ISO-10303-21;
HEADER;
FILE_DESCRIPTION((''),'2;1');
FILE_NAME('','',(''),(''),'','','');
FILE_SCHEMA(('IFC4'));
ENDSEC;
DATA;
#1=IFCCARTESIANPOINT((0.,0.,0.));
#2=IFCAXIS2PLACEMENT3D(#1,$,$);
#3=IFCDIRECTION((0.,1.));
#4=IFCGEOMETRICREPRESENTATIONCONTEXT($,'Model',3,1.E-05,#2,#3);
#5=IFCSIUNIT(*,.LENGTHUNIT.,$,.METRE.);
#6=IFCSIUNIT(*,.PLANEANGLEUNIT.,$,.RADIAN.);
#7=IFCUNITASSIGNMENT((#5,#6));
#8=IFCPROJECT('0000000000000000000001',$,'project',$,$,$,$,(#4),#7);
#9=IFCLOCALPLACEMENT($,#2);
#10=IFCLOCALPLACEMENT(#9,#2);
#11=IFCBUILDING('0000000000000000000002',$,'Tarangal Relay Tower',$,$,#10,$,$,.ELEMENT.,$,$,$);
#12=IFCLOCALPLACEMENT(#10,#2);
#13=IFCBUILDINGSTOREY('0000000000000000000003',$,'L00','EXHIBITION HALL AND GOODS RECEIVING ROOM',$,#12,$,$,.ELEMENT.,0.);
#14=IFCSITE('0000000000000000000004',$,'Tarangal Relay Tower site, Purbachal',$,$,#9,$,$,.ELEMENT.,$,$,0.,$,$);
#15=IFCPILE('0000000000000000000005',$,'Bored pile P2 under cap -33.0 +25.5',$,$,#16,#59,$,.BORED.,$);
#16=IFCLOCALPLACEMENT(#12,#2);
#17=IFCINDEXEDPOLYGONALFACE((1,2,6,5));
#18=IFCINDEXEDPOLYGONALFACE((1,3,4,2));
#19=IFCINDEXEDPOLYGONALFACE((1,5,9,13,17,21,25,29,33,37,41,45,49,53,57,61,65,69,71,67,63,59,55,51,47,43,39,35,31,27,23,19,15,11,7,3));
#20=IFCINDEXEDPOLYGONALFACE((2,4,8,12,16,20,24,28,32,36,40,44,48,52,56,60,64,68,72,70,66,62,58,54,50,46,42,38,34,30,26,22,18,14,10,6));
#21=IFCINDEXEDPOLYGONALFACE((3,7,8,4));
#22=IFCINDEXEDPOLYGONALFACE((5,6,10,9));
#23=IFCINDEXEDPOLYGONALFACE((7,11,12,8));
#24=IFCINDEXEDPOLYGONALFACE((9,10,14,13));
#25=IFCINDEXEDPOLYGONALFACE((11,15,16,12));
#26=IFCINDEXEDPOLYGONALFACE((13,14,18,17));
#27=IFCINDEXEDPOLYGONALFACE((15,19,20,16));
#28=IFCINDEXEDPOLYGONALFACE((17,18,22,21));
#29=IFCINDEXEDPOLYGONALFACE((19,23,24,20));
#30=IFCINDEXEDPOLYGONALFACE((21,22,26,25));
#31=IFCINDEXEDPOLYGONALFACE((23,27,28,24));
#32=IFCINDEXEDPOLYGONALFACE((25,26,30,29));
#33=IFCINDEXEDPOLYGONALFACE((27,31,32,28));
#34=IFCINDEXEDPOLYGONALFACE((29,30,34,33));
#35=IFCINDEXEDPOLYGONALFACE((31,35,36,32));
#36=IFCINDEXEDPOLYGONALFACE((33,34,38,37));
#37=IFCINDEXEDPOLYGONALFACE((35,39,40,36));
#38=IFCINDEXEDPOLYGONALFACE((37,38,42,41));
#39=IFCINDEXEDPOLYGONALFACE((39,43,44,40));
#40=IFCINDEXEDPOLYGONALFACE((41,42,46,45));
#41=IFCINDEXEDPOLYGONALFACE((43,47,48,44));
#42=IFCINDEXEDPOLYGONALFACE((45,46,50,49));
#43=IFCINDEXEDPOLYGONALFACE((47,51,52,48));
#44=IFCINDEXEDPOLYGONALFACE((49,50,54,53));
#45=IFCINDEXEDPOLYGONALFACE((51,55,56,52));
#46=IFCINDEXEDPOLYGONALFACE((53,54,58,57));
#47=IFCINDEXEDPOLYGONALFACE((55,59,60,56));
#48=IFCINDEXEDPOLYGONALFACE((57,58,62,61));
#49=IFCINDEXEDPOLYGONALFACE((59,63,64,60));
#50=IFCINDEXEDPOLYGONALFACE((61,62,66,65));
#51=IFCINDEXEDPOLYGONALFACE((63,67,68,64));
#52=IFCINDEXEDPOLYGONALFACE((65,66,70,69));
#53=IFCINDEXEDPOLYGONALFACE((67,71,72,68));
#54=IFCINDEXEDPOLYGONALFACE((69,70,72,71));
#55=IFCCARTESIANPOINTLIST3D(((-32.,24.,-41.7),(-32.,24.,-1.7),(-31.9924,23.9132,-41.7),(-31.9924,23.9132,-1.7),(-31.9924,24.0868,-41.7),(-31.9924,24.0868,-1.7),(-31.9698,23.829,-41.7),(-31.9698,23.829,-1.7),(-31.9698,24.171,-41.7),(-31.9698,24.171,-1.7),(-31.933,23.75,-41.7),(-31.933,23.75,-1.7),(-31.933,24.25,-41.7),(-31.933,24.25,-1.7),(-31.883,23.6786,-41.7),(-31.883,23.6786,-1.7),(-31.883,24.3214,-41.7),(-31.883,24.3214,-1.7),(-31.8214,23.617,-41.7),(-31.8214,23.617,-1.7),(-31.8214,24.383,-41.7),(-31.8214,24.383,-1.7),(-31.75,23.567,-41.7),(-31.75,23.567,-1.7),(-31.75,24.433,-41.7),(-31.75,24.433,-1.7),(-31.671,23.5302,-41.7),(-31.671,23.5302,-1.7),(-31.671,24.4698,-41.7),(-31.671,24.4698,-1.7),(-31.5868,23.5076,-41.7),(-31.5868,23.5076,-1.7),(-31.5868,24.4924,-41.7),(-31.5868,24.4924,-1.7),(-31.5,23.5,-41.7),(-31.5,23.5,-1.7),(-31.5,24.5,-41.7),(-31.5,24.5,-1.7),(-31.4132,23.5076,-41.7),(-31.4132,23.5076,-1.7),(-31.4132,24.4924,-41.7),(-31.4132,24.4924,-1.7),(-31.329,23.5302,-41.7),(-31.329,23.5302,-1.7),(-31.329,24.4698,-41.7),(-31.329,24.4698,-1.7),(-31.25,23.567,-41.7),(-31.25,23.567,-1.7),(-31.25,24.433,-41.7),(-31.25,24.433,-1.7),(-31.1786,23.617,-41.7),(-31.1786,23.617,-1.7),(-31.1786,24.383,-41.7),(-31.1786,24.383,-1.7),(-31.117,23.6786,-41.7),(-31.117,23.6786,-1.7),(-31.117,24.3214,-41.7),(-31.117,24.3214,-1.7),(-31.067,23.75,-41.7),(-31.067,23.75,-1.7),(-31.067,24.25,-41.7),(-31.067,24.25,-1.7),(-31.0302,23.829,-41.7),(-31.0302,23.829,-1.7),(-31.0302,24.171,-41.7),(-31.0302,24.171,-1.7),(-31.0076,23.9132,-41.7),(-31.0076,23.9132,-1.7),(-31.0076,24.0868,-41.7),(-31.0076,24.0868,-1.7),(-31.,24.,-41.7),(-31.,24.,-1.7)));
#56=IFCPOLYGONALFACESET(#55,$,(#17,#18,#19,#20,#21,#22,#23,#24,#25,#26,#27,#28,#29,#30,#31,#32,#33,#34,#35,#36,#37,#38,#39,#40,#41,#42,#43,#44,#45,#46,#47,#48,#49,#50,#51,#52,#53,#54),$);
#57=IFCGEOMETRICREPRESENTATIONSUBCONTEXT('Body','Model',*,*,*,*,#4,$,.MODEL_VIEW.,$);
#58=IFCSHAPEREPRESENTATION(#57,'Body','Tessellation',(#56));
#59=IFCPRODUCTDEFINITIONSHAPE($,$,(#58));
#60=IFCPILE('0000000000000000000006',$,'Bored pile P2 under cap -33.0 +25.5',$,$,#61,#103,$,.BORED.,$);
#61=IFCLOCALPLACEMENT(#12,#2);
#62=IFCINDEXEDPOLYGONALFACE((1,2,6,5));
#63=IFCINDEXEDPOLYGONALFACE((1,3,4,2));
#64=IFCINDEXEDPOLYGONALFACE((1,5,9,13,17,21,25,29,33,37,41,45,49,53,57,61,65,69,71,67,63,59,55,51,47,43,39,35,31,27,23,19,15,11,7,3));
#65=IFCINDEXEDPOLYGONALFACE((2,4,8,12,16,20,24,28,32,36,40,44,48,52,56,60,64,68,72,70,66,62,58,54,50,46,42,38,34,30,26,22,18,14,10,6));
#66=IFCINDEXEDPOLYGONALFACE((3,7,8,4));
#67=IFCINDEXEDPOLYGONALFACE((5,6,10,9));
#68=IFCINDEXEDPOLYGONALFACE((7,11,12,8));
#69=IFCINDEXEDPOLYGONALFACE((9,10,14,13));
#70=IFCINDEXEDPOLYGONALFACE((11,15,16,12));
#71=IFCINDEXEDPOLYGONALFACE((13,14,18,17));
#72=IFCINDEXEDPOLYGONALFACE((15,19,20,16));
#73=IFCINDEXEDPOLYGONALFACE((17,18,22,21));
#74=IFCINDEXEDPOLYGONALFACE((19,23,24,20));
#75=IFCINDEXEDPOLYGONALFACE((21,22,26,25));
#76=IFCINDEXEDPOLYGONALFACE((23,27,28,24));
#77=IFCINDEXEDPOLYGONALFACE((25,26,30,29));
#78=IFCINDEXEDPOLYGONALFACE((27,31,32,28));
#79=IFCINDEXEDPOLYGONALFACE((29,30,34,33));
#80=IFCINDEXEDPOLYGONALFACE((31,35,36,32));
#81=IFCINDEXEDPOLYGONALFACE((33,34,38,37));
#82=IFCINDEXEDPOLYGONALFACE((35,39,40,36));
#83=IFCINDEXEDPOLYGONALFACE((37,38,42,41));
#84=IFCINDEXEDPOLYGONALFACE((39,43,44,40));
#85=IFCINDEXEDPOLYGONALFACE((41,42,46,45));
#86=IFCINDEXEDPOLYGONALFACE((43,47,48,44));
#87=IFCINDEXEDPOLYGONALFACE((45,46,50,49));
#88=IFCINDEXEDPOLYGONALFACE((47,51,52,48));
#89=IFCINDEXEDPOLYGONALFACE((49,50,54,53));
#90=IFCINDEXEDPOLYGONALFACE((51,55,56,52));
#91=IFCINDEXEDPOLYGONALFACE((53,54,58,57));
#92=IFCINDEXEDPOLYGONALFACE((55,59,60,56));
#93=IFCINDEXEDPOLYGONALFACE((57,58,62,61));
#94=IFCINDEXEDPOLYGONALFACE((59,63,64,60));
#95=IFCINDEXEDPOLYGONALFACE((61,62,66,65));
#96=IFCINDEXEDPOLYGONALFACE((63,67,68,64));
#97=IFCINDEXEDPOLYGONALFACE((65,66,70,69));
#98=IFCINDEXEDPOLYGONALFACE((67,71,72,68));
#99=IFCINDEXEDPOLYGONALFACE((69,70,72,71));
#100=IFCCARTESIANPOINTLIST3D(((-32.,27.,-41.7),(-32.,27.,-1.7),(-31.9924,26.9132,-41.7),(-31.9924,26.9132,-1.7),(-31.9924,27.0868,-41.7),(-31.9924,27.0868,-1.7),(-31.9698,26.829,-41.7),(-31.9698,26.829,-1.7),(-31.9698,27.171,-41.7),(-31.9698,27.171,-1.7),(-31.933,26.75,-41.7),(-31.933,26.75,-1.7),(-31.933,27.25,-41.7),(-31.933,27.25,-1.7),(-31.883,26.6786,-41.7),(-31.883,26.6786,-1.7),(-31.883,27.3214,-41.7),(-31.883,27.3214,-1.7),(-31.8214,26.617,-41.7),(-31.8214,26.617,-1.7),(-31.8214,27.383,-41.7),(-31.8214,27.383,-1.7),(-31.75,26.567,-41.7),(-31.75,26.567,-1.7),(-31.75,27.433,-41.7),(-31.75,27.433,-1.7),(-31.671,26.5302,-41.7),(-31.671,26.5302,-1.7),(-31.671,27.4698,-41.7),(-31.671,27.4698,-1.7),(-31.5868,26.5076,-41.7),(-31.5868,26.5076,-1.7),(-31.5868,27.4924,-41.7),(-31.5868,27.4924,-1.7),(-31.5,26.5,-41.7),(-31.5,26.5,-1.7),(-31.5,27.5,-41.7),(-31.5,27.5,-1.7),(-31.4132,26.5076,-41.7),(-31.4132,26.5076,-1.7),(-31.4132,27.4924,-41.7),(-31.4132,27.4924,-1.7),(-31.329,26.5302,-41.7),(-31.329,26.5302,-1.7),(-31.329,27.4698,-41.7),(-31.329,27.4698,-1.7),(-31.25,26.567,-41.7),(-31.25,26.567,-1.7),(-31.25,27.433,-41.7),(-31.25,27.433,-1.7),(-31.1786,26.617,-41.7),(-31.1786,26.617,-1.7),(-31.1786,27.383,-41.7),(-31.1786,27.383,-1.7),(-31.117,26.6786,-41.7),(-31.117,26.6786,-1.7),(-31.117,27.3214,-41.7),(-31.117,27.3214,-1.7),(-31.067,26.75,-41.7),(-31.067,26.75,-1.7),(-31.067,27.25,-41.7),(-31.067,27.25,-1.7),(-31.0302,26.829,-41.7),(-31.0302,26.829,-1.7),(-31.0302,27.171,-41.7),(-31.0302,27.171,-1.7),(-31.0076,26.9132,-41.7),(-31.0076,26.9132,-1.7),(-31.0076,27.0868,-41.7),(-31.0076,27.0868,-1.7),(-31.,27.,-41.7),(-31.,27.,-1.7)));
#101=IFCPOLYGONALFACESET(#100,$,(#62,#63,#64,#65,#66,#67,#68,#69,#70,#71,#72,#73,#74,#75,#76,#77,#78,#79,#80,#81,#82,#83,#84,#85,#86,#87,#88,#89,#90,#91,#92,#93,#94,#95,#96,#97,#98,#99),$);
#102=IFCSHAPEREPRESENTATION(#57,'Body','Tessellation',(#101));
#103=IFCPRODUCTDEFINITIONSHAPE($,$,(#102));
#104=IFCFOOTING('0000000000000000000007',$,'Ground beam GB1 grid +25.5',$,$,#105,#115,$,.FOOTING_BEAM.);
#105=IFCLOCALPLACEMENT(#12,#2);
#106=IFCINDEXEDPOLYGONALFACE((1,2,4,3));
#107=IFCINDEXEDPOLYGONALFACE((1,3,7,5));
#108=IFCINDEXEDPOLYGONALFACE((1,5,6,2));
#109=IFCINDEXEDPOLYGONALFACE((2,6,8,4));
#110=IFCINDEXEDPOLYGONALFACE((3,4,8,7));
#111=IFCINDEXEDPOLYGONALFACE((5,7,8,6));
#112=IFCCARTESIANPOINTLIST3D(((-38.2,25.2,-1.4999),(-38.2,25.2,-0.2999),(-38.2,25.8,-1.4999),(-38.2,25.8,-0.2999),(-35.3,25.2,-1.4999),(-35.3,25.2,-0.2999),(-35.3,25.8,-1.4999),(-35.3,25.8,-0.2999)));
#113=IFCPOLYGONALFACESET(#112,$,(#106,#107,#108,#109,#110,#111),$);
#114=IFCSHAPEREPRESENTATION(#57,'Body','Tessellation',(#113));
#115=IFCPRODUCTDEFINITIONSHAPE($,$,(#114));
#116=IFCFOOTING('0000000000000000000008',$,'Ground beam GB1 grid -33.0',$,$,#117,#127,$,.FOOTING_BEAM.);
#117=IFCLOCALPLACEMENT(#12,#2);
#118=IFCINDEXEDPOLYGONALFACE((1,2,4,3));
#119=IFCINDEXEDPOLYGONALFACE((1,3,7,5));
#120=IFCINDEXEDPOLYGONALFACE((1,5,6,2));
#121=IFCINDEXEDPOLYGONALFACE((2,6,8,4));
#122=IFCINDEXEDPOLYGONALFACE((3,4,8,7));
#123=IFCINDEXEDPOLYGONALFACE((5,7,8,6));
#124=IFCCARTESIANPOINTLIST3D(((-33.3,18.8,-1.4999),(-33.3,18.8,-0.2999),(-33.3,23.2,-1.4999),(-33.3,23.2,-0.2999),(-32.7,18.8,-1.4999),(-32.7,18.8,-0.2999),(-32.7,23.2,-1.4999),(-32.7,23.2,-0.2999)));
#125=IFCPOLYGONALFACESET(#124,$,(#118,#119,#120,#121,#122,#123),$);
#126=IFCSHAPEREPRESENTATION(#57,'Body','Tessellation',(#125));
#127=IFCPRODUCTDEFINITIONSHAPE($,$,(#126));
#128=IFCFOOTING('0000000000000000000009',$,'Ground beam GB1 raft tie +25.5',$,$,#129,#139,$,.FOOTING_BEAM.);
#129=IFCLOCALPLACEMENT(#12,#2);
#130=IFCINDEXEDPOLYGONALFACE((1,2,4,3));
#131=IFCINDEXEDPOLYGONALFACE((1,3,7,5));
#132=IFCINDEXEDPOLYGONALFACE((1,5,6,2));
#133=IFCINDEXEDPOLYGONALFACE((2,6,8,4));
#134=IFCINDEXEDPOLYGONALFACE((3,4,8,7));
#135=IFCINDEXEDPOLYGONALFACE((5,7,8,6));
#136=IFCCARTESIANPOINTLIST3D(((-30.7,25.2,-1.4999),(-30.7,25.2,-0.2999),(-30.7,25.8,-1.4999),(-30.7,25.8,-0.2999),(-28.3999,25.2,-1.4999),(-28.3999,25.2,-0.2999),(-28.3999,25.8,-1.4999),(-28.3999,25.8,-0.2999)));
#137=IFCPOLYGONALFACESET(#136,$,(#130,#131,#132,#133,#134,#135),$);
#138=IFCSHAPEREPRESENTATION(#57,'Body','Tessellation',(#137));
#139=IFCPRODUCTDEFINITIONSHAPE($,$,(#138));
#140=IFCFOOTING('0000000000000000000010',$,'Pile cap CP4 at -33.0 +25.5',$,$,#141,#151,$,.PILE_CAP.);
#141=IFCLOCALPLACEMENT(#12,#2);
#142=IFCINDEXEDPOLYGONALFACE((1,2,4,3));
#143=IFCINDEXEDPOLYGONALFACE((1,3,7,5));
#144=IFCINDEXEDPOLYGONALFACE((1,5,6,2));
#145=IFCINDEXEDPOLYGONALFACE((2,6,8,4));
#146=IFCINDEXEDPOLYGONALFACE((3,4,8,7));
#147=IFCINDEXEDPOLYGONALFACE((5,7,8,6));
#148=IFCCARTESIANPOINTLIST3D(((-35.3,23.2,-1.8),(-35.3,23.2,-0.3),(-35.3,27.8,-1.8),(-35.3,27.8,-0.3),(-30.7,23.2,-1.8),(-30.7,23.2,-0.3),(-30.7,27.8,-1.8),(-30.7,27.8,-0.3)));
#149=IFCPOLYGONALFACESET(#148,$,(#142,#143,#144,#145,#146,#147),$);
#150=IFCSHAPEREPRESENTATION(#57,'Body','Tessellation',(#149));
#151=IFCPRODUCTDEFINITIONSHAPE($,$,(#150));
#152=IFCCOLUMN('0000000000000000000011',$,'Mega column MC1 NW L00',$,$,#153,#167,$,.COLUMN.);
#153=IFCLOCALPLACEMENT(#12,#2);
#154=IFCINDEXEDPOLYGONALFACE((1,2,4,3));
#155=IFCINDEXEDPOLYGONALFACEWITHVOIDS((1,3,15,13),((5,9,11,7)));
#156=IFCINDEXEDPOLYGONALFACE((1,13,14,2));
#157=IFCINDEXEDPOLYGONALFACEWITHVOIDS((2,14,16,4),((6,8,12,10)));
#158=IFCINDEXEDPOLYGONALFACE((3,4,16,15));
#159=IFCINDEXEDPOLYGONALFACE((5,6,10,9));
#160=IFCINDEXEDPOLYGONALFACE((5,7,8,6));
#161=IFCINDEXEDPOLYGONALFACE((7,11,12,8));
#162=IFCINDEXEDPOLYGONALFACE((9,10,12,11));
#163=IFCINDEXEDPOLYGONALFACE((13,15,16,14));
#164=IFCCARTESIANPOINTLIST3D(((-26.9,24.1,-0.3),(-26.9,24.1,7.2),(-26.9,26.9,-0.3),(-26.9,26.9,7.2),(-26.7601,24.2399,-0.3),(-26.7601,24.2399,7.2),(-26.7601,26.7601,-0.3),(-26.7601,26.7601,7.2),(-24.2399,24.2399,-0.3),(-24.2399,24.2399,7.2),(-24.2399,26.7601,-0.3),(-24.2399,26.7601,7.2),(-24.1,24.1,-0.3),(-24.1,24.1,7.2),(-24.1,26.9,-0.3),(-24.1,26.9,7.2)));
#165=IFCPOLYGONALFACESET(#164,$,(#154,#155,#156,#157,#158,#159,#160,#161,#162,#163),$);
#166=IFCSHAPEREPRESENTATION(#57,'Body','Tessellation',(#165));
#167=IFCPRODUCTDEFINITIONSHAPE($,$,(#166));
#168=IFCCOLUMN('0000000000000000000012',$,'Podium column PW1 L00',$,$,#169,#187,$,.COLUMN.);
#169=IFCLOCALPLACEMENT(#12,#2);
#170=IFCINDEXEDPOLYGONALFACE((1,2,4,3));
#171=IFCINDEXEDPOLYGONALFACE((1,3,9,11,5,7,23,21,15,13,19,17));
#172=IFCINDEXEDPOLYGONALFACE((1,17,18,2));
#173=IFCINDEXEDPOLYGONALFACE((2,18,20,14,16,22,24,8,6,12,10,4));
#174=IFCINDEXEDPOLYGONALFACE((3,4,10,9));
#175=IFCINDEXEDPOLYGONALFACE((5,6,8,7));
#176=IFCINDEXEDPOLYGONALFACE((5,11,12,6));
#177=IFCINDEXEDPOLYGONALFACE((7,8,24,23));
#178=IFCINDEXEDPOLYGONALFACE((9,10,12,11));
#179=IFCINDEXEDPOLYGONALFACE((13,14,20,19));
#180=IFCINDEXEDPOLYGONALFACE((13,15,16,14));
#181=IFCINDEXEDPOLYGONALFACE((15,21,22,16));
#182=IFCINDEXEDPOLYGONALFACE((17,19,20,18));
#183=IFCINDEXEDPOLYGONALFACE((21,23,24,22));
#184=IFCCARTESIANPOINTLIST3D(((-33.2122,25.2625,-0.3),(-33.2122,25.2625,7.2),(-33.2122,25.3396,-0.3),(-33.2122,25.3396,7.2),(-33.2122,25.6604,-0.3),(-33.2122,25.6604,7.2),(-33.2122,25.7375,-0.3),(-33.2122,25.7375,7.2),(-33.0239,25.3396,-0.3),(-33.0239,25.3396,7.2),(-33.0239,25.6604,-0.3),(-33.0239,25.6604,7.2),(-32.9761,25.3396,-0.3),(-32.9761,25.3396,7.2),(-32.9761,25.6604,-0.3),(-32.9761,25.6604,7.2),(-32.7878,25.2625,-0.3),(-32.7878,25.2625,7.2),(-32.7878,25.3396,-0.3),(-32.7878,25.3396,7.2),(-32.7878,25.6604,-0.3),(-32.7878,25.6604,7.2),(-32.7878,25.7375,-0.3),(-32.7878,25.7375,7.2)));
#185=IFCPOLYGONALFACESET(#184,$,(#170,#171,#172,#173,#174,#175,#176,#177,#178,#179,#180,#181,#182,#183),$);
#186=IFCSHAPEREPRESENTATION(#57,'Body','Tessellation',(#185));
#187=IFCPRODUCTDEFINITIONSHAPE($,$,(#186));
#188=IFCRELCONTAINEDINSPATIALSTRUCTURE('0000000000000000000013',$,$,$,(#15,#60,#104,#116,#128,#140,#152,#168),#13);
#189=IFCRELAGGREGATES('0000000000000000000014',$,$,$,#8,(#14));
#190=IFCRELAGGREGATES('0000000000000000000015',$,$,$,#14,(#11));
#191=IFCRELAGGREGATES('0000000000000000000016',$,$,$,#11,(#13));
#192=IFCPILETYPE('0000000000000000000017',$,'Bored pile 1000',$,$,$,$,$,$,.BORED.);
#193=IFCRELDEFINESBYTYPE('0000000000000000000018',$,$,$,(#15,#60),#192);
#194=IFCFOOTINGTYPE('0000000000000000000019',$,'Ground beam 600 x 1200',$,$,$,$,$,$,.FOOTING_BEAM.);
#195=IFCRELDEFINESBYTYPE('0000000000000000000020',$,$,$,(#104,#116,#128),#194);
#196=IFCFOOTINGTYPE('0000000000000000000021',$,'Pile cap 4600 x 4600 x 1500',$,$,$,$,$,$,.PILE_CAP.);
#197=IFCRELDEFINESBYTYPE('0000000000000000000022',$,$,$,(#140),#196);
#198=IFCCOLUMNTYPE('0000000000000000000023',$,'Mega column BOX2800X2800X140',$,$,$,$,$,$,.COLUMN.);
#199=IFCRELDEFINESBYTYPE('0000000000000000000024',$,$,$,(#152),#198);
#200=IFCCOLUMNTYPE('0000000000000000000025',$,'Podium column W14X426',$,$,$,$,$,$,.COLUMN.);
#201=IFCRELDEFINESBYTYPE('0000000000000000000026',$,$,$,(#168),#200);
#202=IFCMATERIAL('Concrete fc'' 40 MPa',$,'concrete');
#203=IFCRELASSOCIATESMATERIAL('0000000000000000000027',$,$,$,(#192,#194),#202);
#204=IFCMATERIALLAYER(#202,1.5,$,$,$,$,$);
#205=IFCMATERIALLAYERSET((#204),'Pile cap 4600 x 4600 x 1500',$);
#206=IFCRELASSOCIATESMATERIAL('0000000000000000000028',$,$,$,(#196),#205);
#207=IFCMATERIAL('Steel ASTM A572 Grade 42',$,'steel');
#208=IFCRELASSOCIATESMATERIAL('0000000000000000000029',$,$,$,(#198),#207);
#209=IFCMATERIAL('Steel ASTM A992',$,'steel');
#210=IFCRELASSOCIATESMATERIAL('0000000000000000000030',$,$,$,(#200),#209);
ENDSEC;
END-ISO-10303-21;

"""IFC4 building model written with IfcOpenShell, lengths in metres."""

from ifc_helpers import new_model, si_unit, direction, frame, origin, origin_2d, place, context, subcontext, project, spatial, rectangle, hollow_rectangle, circle, i_section, extrude, material, layer, layer_set, material_profile, profile_set, type_object, element, save


model = new_model("IFC4")

# Units and contexts
model_context = context("Model", 3, precision=1e-05, world=origin(), true_north=direction((0.0, 1.0)))
body_context = subcontext(model_context, "Body", "Model", "MODEL_VIEW")
ifc_project = project(units=[si_unit("LENGTHUNIT", "METRE"), si_unit("PLANEANGLEUNIT", "RADIAN")], contexts=[model_context])

# Site, building, storey
site_placement = place(None, origin())
site = spatial("IfcSite", under=ifc_project, at=site_placement, Name="Tarangal Relay Tower site, Purbachal", CompositionType="ELEMENT", RefElevation=0.0)
building_placement = place(site_placement, origin())
building = spatial("IfcBuilding", under=site, at=building_placement, Name="Tarangal Relay Tower", CompositionType="ELEMENT")
storey_placement = place(building_placement, origin())
storey = spatial("IfcBuildingStorey", under=building, at=storey_placement, Name="L00", Description="EXHIBITION HALL AND GOODS RECEIVING ROOM", CompositionType="ELEMENT", Elevation=0.0)

# Piles
ifc_material_1 = material(Name="Concrete fc' 40 MPa", Category="concrete")
ifc_material_profile_1 = material_profile(ifc_material_1, circle(Radius=0.5, at=origin_2d()), Name="D1000")
ifc_profile_set_1 = profile_set([ifc_material_profile_1], Name="Concrete fc' 40 MPa")
pile_type = type_object("IfcPileType", Name="Bored pile 1000", PredefinedType="BORED", material=ifc_profile_set_1)
for number, where, z_axis, x_axis, name in (
    (1, (-31.5, 24.0, -1.7), (0.0, 0.0, -1.0), (1.0, 0.0, 0.0), "Bored pile P2 under cap -33.0 +25.5"),
    (2, (-31.5, 27.0, -1.7), (0.0, 0.0, -1.0), (1.0, 0.0, 0.0), "Bored pile P2 under cap -33.0 +25.5"),
):
    element("IfcPile", number, at=place(storey_placement, frame(where, z_axis=z_axis, x_axis=x_axis)), inside=storey, type_object=pile_type, Name=name, PredefinedType="BORED", context=body_context, shape_type="SweptSolid", body=[
        extrude(circle(Radius=0.5, at=origin_2d()), origin(), (0.0, 0.0, 1.0), 40.0),
    ])

# Footings
ifc_material_profile_2 = material_profile(ifc_material_1, rectangle(XDim=0.6001, YDim=1.2, at=origin_2d()), Name="GB 600X1200")
ifc_profile_set_2 = profile_set([ifc_material_profile_2], Name="Concrete fc' 40 MPa")
footing_type_1 = type_object("IfcFootingType", Name="Ground beam 600 x 1200", PredefinedType="FOOTING_BEAM", material=ifc_profile_set_2)
footing_1_placement = place(storey_placement, frame((-35.3, 25.5, -0.8999), z_axis=(-1.0, 0.0, 0.0), x_axis=(0.0, -1.0, 0.0)))
element("IfcFooting", 3, at=footing_1_placement, inside=storey, type_object=footing_type_1, Name="Ground beam GB1 grid +25.5", PredefinedType="FOOTING_BEAM", context=body_context, shape_type="SweptSolid", body=[
    extrude(rectangle(XDim=0.6001, YDim=1.2, at=origin_2d()), origin(), (0.0, 0.0, 1.0), 2.8999),
])
footing_2_placement = place(storey_placement, frame((-33.0, 18.8, -0.8999), z_axis=(0.0, 1.0, 0.0), x_axis=(-1.0, 0.0, 0.0)))
element("IfcFooting", 4, at=footing_2_placement, inside=storey, type_object=footing_type_1, Name="Ground beam GB1 grid -33.0", PredefinedType="FOOTING_BEAM", context=body_context, shape_type="SweptSolid", body=[
    extrude(rectangle(XDim=0.6001, YDim=1.2, at=origin_2d()), origin(), (0.0, 0.0, 1.0), 4.3999),
])
footing_3_placement = place(storey_placement, frame((-28.3999, 25.5, -0.8999), z_axis=(-1.0, 0.0, 0.0), x_axis=(0.0, -1.0, 0.0)))
element("IfcFooting", 5, at=footing_3_placement, inside=storey, type_object=footing_type_1, Name="Ground beam GB1 raft tie +25.5", PredefinedType="FOOTING_BEAM", context=body_context, shape_type="SweptSolid", body=[
    extrude(rectangle(XDim=0.6001, YDim=1.2, at=origin_2d()), origin(), (0.0, 0.0, 1.0), 2.3),
])
ifc_layer_1 = layer(ifc_material_1, 1.5)
ifc_layer_set_1 = layer_set([ifc_layer_1], Name="Pile cap 4600 x 4600 x 1500")
footing_type_2 = type_object("IfcFootingType", Name="Pile cap 4600 x 4600 x 1500", PredefinedType="PILE_CAP", material=ifc_layer_set_1)
footing_4_placement = place(storey_placement, frame((-33.0, 25.5, -1.8), z_axis=(0.0, 0.0, 1.0), x_axis=(1.0, 0.0, 0.0)))
element("IfcFooting", 6, at=footing_4_placement, inside=storey, type_object=footing_type_2, Name="Pile cap CP4 at -33.0 +25.5", PredefinedType="PILE_CAP", context=body_context, shape_type="SweptSolid", body=[
    extrude(rectangle(XDim=4.6001, YDim=4.6001, at=origin_2d()), origin(), (0.0, 0.0, 1.0), 1.5),
])

# Columns
ifc_material_2 = material(Name="Steel ASTM A572 Grade 42", Category="steel")
ifc_material_profile_3 = material_profile(ifc_material_2, hollow_rectangle(XDim=2.8, YDim=2.8, WallThickness=0.1399, at=origin_2d()), Name="BOX2800X2800X140")
ifc_profile_set_3 = profile_set([ifc_material_profile_3], Name="Steel ASTM A572 Grade 42")
column_type_1 = type_object("IfcColumnType", Name="Mega column BOX2800X2800X140", PredefinedType="COLUMN", material=ifc_profile_set_3)
column_1_placement = place(storey_placement, frame((-25.5, 25.5, -0.3), z_axis=(0.0, 0.0, 1.0), x_axis=(1.0, 0.0, 0.0)))
element("IfcColumn", 7, at=column_1_placement, inside=storey, type_object=column_type_1, Name="Mega column MC1 NW L00", PredefinedType="COLUMN", context=body_context, shape_type="SweptSolid", body=[
    extrude(hollow_rectangle(XDim=2.8, YDim=2.8, WallThickness=0.1399, at=origin_2d()), origin(), (0.0, 0.0, 1.0), 7.5),
])
ifc_material_3 = material(Name="Steel ASTM A992", Category="steel")
ifc_material_profile_4 = material_profile(ifc_material_3, i_section(OverallWidth=0.4243, OverallDepth=0.4751, WebThickness=0.0479, FlangeThickness=0.0771, at=origin_2d()), Name="W14X426")
ifc_profile_set_4 = profile_set([ifc_material_profile_4], Name="Steel ASTM A992")
column_type_2 = type_object("IfcColumnType", Name="Podium column W14X426", PredefinedType="COLUMN", material=ifc_profile_set_4)
column_2_placement = place(storey_placement, frame((-33.0, 25.5, -0.3), z_axis=(0.0, 0.0, 1.0), x_axis=(1.0, 0.0, 0.0)))
element("IfcColumn", 8, at=column_2_placement, inside=storey, type_object=column_type_2, Name="Podium column PW1 L00", PredefinedType="COLUMN", context=body_context, shape_type="SweptSolid", body=[
    extrude(i_section(OverallWidth=0.4243, OverallDepth=0.4751, WebThickness=0.0479, FlangeThickness=0.0771, at=origin_2d()), origin(), (0.0, 0.0, 1.0), 7.5),
])

save(model, "model.ifc")
